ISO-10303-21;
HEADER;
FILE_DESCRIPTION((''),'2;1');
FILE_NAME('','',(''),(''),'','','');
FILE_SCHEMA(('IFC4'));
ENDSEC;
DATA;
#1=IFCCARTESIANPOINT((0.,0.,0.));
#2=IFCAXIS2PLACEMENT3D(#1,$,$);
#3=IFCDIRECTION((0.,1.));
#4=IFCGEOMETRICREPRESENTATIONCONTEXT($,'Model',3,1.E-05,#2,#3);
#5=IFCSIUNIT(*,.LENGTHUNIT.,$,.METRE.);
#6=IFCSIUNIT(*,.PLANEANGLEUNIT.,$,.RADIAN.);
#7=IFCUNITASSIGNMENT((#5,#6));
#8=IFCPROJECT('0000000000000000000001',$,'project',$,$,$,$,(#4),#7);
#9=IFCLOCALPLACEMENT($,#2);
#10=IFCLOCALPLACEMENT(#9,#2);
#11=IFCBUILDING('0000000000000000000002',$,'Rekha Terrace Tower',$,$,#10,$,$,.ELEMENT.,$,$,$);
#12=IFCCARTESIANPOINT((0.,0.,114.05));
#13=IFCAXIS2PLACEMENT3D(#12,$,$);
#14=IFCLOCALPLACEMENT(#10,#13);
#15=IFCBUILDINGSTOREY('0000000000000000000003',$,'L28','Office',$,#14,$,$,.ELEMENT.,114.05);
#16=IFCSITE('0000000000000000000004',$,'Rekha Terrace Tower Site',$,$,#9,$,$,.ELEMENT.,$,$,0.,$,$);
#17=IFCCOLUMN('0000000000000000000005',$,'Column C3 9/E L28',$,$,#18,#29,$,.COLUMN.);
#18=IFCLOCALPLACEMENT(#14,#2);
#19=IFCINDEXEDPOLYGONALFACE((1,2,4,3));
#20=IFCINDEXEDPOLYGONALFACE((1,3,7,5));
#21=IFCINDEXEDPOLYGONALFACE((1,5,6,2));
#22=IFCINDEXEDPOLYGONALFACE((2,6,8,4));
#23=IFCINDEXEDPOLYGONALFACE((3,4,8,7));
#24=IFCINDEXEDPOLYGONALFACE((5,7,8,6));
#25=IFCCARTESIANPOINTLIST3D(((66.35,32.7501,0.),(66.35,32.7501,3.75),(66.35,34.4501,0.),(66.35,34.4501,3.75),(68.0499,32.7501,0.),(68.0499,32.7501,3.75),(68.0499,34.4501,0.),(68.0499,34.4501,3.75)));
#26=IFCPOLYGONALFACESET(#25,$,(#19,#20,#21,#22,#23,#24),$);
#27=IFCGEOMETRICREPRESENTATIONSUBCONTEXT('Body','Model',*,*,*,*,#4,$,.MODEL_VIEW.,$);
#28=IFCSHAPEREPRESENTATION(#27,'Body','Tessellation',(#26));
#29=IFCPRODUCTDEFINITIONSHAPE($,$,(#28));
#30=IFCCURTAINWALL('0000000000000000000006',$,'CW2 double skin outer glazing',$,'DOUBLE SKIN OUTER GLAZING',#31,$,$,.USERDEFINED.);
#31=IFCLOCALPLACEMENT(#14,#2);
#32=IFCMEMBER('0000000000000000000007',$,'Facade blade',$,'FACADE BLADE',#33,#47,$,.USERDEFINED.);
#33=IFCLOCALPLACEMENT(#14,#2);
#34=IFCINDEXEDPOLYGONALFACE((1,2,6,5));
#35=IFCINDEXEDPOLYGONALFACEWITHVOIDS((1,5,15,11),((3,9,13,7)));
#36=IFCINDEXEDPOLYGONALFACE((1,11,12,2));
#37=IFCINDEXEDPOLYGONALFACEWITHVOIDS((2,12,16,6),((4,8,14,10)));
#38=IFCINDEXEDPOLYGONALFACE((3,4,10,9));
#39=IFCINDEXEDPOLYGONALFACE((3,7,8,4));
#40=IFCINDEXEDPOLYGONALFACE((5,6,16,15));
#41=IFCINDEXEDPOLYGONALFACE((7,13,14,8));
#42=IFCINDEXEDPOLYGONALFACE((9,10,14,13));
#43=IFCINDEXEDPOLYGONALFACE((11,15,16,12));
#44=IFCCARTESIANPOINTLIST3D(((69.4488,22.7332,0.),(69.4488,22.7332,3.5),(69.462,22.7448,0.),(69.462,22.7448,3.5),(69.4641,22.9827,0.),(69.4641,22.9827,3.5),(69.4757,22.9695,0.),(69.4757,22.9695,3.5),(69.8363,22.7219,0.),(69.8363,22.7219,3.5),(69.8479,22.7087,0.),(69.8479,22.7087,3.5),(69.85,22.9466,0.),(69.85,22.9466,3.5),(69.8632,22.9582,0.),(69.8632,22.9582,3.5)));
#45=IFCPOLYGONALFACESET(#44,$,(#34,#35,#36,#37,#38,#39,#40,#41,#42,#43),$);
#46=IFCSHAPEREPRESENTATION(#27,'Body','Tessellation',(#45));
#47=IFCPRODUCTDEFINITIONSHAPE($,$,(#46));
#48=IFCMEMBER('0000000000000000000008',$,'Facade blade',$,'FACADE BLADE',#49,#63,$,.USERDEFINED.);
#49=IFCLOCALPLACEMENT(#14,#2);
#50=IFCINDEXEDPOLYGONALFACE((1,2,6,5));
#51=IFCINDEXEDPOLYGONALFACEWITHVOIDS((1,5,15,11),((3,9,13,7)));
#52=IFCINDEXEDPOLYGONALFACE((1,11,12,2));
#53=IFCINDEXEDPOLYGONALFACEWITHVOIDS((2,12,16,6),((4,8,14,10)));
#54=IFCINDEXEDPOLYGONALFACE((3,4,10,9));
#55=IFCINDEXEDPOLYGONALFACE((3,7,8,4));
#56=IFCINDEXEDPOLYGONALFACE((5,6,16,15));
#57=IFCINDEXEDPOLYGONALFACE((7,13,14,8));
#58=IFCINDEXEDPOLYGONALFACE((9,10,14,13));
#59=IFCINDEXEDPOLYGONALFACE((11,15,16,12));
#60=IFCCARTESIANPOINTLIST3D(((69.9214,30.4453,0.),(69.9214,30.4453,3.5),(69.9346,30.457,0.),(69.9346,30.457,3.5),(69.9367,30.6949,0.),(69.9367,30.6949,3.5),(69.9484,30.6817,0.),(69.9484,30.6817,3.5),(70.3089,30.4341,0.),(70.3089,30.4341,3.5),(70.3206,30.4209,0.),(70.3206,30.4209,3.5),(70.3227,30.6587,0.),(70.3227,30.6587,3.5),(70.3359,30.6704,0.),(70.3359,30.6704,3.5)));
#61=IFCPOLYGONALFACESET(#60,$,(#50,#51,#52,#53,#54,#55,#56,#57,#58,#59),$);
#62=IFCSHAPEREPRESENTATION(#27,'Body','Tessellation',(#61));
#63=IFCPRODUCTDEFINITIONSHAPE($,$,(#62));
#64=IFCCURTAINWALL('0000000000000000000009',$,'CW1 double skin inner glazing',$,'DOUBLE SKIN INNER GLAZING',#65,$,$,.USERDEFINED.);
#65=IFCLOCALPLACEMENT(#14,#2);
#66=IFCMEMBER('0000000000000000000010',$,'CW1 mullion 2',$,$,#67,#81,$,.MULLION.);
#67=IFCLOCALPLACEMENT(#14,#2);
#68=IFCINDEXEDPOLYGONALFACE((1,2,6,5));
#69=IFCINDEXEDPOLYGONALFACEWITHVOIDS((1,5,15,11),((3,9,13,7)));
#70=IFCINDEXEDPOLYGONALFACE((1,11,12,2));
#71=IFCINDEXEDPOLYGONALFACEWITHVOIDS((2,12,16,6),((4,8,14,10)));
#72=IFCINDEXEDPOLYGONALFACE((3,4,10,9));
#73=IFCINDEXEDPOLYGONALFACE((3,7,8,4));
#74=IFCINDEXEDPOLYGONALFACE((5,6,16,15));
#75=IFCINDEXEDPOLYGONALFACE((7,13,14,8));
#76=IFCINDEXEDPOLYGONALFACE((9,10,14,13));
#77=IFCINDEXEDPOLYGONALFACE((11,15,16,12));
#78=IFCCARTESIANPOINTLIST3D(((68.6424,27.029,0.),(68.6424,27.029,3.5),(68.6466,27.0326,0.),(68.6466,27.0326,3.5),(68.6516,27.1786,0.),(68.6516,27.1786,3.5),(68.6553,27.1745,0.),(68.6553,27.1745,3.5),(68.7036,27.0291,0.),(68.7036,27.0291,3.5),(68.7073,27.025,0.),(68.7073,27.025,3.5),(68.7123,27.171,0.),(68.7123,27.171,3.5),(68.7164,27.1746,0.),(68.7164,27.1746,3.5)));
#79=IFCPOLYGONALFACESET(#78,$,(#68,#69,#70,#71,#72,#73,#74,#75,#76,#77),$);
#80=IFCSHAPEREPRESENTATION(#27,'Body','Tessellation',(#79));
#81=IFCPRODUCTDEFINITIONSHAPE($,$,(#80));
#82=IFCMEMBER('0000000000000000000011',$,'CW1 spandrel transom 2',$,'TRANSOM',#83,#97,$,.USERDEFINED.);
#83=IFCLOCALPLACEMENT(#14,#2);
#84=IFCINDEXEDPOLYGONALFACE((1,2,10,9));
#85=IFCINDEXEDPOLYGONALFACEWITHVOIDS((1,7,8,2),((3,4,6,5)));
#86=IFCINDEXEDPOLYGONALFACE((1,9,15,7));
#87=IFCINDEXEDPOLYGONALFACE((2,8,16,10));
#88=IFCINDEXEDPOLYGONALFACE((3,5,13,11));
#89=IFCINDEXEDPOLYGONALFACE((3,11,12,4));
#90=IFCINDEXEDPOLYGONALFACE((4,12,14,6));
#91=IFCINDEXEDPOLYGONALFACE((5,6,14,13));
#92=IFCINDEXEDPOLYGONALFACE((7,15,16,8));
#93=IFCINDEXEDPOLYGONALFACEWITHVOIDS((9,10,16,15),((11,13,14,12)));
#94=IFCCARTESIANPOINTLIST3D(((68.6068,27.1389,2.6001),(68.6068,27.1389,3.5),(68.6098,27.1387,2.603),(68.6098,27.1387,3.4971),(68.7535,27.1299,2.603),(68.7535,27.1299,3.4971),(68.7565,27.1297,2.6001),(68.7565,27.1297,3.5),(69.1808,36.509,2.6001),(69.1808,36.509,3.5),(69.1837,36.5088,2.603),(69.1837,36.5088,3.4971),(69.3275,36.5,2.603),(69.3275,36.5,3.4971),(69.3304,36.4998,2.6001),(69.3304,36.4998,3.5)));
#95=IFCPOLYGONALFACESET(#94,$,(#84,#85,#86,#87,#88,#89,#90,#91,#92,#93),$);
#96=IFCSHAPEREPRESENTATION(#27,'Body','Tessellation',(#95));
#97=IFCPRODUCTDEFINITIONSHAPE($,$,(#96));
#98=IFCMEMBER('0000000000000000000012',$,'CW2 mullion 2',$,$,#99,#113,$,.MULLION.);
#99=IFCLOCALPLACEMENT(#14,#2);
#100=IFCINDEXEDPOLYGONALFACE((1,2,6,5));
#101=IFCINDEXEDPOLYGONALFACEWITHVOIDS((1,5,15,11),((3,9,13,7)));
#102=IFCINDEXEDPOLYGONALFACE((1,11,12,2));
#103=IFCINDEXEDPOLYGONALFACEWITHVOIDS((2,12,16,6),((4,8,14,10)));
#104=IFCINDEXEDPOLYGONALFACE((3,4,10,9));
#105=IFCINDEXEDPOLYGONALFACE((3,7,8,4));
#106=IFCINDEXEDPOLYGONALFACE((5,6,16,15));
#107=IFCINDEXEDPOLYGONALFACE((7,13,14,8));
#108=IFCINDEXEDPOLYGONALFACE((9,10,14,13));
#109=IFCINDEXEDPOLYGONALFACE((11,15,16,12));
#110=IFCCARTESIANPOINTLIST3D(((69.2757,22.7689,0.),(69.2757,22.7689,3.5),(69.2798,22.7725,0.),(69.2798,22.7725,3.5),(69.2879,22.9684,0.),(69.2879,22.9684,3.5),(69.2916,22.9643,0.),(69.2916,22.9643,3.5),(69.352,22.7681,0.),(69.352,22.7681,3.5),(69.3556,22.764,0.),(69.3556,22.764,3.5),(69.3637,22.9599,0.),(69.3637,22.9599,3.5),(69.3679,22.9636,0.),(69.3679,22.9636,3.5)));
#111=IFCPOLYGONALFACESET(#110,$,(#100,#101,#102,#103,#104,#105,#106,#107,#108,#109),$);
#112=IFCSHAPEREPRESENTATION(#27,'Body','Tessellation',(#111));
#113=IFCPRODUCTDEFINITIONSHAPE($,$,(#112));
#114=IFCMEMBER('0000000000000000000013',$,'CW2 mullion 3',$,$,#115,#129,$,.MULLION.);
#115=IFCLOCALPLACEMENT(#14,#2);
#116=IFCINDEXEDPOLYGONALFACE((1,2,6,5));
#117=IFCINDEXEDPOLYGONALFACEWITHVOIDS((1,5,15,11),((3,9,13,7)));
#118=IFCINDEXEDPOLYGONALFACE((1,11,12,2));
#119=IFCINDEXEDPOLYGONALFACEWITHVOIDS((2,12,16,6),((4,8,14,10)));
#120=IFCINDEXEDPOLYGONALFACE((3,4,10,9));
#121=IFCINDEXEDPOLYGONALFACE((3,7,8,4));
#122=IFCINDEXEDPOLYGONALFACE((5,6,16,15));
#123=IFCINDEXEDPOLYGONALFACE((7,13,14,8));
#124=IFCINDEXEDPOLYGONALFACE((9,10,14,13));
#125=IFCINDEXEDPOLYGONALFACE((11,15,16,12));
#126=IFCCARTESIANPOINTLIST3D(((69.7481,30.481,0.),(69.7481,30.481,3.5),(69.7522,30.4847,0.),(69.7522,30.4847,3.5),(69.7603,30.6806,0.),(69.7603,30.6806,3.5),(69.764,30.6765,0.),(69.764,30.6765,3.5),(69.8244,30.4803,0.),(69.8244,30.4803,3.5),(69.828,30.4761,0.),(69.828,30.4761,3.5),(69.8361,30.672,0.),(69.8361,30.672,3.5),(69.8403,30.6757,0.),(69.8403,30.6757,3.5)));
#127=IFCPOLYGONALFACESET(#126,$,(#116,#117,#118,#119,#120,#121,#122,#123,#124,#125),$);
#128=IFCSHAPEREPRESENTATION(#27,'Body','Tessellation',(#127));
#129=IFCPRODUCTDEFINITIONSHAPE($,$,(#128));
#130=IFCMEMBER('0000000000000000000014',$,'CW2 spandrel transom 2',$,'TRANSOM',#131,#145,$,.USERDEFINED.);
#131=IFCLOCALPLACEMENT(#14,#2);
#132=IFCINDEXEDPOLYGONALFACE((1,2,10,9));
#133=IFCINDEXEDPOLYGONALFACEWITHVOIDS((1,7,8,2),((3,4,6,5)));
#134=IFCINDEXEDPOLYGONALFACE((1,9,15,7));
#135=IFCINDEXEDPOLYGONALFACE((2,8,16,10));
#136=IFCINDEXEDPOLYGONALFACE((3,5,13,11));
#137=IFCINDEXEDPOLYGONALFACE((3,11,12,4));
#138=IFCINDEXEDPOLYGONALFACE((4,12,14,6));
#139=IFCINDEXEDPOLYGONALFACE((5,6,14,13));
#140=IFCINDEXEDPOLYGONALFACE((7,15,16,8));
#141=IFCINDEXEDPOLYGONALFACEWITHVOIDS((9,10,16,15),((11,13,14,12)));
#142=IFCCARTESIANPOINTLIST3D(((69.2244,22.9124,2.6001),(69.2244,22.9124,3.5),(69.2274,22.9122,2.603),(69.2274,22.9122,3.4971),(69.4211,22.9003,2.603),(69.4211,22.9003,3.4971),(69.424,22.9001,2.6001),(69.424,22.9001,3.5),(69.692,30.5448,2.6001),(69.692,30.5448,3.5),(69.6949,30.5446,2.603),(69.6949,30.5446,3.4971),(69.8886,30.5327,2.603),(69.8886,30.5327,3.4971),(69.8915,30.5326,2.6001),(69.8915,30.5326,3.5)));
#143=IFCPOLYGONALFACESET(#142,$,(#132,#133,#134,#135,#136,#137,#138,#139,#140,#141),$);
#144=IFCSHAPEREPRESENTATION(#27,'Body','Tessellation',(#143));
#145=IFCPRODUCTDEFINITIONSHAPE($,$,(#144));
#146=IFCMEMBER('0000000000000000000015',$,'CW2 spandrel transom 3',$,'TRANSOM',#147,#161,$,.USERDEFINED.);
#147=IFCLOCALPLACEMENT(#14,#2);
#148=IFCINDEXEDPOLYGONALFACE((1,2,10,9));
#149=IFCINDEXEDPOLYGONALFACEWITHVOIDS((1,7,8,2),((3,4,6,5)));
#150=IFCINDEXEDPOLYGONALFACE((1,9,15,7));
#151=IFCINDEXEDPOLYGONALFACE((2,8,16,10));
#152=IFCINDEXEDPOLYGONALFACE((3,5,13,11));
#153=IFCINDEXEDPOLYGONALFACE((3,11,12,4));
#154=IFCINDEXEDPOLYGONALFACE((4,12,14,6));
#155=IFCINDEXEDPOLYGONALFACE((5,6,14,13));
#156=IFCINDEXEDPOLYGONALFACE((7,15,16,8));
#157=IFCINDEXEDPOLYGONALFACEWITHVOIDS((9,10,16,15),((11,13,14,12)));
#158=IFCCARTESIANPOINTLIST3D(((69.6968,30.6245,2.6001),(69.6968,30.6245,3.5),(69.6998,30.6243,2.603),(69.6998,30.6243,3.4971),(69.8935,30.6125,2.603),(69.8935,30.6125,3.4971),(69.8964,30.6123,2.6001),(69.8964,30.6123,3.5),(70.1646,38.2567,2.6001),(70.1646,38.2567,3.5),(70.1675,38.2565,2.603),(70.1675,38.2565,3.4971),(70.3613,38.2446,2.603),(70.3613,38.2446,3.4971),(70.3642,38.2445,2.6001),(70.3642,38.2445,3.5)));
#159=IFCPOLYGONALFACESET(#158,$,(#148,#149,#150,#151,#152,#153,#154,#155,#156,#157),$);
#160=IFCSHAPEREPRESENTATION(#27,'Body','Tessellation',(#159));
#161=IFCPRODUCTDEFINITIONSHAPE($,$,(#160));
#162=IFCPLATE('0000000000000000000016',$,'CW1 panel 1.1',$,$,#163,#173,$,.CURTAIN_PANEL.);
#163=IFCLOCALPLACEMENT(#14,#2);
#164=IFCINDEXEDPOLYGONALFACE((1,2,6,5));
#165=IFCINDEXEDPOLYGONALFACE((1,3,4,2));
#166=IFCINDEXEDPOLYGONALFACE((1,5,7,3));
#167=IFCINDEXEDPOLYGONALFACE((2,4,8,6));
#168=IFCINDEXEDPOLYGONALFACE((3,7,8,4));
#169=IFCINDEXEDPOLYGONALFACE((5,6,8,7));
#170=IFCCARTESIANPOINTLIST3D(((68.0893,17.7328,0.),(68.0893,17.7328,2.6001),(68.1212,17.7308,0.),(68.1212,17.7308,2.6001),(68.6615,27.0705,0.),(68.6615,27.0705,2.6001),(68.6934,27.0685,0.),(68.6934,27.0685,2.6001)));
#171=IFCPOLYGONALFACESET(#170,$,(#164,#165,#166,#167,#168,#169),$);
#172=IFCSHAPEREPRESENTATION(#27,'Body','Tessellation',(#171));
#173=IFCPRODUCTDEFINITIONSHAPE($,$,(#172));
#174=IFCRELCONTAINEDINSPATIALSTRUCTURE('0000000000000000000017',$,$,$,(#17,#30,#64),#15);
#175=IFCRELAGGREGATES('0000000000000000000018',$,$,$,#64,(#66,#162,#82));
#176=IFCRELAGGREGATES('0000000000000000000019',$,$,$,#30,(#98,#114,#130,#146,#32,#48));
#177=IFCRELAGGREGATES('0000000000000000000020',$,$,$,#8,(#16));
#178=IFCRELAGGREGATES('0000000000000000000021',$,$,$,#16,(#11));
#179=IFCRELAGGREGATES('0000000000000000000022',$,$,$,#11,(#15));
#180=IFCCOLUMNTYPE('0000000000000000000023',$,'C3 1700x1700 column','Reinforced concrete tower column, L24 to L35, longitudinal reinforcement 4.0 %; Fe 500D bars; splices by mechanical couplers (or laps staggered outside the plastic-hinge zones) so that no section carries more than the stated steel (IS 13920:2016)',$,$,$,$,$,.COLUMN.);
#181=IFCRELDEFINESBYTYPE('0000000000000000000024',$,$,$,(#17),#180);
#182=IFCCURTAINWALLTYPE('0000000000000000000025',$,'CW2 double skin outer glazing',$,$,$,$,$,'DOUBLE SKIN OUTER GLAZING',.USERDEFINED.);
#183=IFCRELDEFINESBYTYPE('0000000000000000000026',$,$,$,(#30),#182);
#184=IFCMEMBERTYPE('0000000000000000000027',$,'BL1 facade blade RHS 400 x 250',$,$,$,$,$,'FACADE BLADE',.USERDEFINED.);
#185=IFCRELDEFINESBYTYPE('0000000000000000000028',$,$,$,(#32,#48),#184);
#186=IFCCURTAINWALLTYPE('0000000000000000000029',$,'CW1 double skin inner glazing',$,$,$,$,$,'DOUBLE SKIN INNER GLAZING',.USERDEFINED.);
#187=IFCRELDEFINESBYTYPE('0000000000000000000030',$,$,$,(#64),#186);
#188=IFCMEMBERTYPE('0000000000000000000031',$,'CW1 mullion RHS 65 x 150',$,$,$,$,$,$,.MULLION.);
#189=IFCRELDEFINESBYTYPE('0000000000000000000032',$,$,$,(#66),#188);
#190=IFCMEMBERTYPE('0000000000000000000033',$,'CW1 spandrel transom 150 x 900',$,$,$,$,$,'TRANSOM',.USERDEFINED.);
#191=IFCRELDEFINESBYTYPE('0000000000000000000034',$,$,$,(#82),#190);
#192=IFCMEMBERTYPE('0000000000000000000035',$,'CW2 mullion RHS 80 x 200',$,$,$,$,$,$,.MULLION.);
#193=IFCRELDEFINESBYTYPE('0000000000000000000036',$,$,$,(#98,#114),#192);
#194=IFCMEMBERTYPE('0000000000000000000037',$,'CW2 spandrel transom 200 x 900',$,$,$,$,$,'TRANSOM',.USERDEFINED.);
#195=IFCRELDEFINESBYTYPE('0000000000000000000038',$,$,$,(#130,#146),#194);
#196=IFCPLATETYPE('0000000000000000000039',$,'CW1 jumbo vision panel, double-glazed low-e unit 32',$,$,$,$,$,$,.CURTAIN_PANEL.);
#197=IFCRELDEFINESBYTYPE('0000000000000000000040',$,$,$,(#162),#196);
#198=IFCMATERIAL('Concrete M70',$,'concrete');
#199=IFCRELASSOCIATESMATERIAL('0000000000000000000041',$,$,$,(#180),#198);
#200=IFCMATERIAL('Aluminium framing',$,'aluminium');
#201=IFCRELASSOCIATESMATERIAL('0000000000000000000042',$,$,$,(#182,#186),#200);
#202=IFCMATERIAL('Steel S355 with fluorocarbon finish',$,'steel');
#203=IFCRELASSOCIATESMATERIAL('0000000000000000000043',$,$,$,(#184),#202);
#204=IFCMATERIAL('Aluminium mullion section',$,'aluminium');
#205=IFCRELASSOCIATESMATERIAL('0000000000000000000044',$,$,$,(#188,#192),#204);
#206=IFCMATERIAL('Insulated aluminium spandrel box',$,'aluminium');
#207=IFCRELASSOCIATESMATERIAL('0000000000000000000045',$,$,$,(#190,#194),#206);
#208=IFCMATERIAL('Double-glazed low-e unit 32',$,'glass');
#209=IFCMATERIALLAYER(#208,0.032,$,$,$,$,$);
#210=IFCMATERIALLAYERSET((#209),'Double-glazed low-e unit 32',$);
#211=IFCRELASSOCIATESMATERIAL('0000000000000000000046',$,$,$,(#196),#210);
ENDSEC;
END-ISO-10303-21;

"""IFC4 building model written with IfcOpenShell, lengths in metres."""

from ifc_helpers import new_model, si_unit, direction, frame, origin, origin_2d, place, context, subcontext, project, spatial, rectangle, hollow_rectangle, extrude, material, layer, layer_set, material_profile, profile_set, type_object, element, aggregate, save


model = new_model("IFC4")

# Units and contexts
model_context = context("Model", 3, precision=1e-05, world=origin(), true_north=direction((0.0, 1.0)))
body_context = subcontext(model_context, "Body", "Model", "MODEL_VIEW")
ifc_project = project(units=[si_unit("LENGTHUNIT", "METRE"), si_unit("PLANEANGLEUNIT", "RADIAN")], contexts=[model_context])

# Site, building, storey
site_placement = place(None, origin())
site = spatial("IfcSite", under=ifc_project, at=site_placement, Name="Rekha Terrace Tower Site", CompositionType="ELEMENT", RefElevation=0.0)
building_placement = place(site_placement, origin())
building = spatial("IfcBuilding", under=site, at=building_placement, Name="Rekha Terrace Tower", CompositionType="ELEMENT")
storey_placement = place(building_placement, frame((0.0, 0.0, 114.05)))
storey = spatial("IfcBuildingStorey", under=building, at=storey_placement, Name="L28", Description="Office", CompositionType="ELEMENT", Elevation=114.05)

# Column
ifc_material_1 = material(Name="Concrete M70", Category="concrete")
ifc_material_profile_1 = material_profile(ifc_material_1, rectangle(XDim=1.7, YDim=1.7, at=origin_2d()), Name="RC 1700x1700")
ifc_profile_set_1 = profile_set([ifc_material_profile_1], Name="Concrete M70")
column_type = type_object("IfcColumnType", Name="C3 1700x1700 column", Description="Reinforced concrete tower column, L24 to L35, longitudinal reinforcement 4.0 %; Fe 500D bars; splices by mechanical couplers (or laps staggered outside the plastic-hinge zones) so that no section carries more than the stated steel (IS 13920:2016)", PredefinedType="COLUMN", material=ifc_profile_set_1)
column_placement = place(storey_placement, frame((67.2, 33.6001, 0.0), z_axis=(0.0, 0.0, 1.0), x_axis=(1.0, 0.0, 0.0)))
element("IfcColumn", 1, at=column_placement, inside=storey, type_object=column_type, Name="Column C3 9/E L28", PredefinedType="COLUMN", context=body_context, shape_type="SweptSolid", body=[
    extrude(rectangle(XDim=1.7, YDim=1.7, at=origin_2d()), origin(), (0.0, 0.0, 1.0), 3.75),
])

# Curtain walls, members
ifc_material_2 = material(Name="Aluminium framing", Category="aluminium")
curtain_wall_type_1 = type_object("IfcCurtainWallType", Name="CW2 double skin outer glazing", ElementType="DOUBLE SKIN OUTER GLAZING", PredefinedType="USERDEFINED", material=ifc_material_2)
curtain_wall_1_placement = place(storey_placement, origin())
curtain_wall_1 = element("IfcCurtainWall", 2, at=curtain_wall_1_placement, inside=storey, type_object=curtain_wall_type_1, Name="CW2 double skin outer glazing", ObjectType="DOUBLE SKIN OUTER GLAZING", PredefinedType="USERDEFINED")
ifc_material_3 = material(Name="Steel S355 with fluorocarbon finish", Category="steel")
ifc_material_profile_2 = material_profile(ifc_material_3, hollow_rectangle(XDim=0.25, YDim=0.3999, WallThickness=0.0125, at=origin_2d()), Name="RHS400x250x12.5")
ifc_profile_set_2 = profile_set([ifc_material_profile_2], Name="Steel S355 with fluorocarbon finish")
member_type_1 = type_object("IfcMemberType", Name="BL1 facade blade RHS 400 x 250", ElementType="FACADE BLADE", PredefinedType="USERDEFINED", material=ifc_profile_set_2)
member_1_placement = place(storey_placement, frame((69.656, 22.8457, 0.0), z_axis=(0.0, 0.0, 1.0), x_axis=(0.06116, 0.998128, 0.0)))
member_1 = element("IfcMember", 3, at=member_1_placement, type_object=member_type_1, Name="Facade blade", ObjectType="FACADE BLADE", PredefinedType="USERDEFINED", context=body_context, shape_type="SweptSolid", body=[
    extrude(hollow_rectangle(XDim=0.25, YDim=0.3999, WallThickness=0.0125, at=origin_2d()), origin(), (0.0, 0.0, 1.0), 3.5),
])
member_2_placement = place(storey_placement, frame((70.1287, 30.5579, 0.0), z_axis=(0.0, 0.0, 1.0), x_axis=(0.06116, 0.998128, 0.0)))
member_2 = element("IfcMember", 4, at=member_2_placement, type_object=member_type_1, Name="Facade blade", ObjectType="FACADE BLADE", PredefinedType="USERDEFINED", context=body_context, shape_type="SweptSolid", body=[
    extrude(hollow_rectangle(XDim=0.25, YDim=0.3999, WallThickness=0.0125, at=origin_2d()), origin(), (0.0, 0.0, 1.0), 3.5),
])
curtain_wall_type_2 = type_object("IfcCurtainWallType", Name="CW1 double skin inner glazing", ElementType="DOUBLE SKIN INNER GLAZING", PredefinedType="USERDEFINED", material=ifc_material_2)
curtain_wall_2_placement = place(storey_placement, origin())
curtain_wall_2 = element("IfcCurtainWall", 5, at=curtain_wall_2_placement, inside=storey, type_object=curtain_wall_type_2, Name="CW1 double skin inner glazing", ObjectType="DOUBLE SKIN INNER GLAZING", PredefinedType="USERDEFINED")
ifc_material_4 = material(Name="Aluminium mullion section", Category="aluminium")
ifc_material_profile_3 = material_profile(ifc_material_4, hollow_rectangle(XDim=0.0649, YDim=0.1499, WallThickness=0.0039, at=origin_2d()), Name="AL RHS 65x150")
ifc_profile_set_3 = profile_set([ifc_material_profile_3], Name="Aluminium mullion section")
member_type_2 = type_object("IfcMemberType", Name="CW1 mullion RHS 65 x 150", PredefinedType="MULLION", material=ifc_profile_set_3)
member_3_placement = place(storey_placement, frame((68.6794, 27.1018, 0.0), z_axis=(0.0, 0.0, 1.0), x_axis=(-0.998128, 0.06116, 0.0)))
member_3 = element("IfcMember", 6, at=member_3_placement, type_object=member_type_2, Name="CW1 mullion 2", PredefinedType="MULLION", context=body_context, shape_type="SweptSolid", body=[
    extrude(hollow_rectangle(XDim=0.0649, YDim=0.1499, WallThickness=0.0039, at=origin_2d()), origin(), (0.0, 0.0, 1.0), 3.5),
])
ifc_material_5 = material(Name="Insulated aluminium spandrel box", Category="aluminium")
ifc_material_profile_4 = material_profile(ifc_material_5, hollow_rectangle(XDim=0.1499, YDim=0.8999, WallThickness=0.0029, at=origin_2d()), Name="AL SPANDREL BOX 150x900")
ifc_profile_set_4 = profile_set([ifc_material_profile_4], Name="Insulated aluminium spandrel box")
member_type_3 = type_object("IfcMemberType", Name="CW1 spandrel transom 150 x 900", ElementType="TRANSOM", PredefinedType="USERDEFINED", material=ifc_profile_set_4)
member_4_placement = place(storey_placement, frame((68.6816, 27.1343, 3.05), z_axis=(0.061141, 0.998129, 0.0), x_axis=(-0.998129, 0.061141, 0.0)))
member_4 = element("IfcMember", 7, at=member_4_placement, type_object=member_type_3, Name="CW1 spandrel transom 2", ObjectType="TRANSOM", PredefinedType="USERDEFINED", context=body_context, shape_type="SweptSolid", body=[
    extrude(hollow_rectangle(XDim=0.1499, YDim=0.8999, WallThickness=0.0029, at=origin_2d()), origin(), (0.0, 0.0, 1.0), 9.3877),
])

# Members
ifc_material_profile_5 = material_profile(ifc_material_4, hollow_rectangle(XDim=0.0801, YDim=0.2, WallThickness=0.0039, at=origin_2d()), Name="AL RHS 80x200")
ifc_profile_set_5 = profile_set([ifc_material_profile_5], Name="Aluminium mullion section")
member_type_4 = type_object("IfcMemberType", Name="CW2 mullion RHS 80 x 200", PredefinedType="MULLION", material=ifc_profile_set_5)
member_5_placement = place(storey_placement, frame((69.3218, 22.8662, 0.0), z_axis=(0.0, 0.0, 1.0), x_axis=(-0.998128, 0.06116, 0.0)))
member_5 = element("IfcMember", 8, at=member_5_placement, type_object=member_type_4, Name="CW2 mullion 2", PredefinedType="MULLION", context=body_context, shape_type="SweptSolid", body=[
    extrude(hollow_rectangle(XDim=0.0801, YDim=0.2, WallThickness=0.0039, at=origin_2d()), origin(), (0.0, 0.0, 1.0), 3.5),
])
member_6_placement = place(storey_placement, frame((69.7942, 30.5784, 0.0), z_axis=(0.0, 0.0, 1.0), x_axis=(-0.998128, 0.06116, 0.0)))
member_6 = element("IfcMember", 9, at=member_6_placement, type_object=member_type_4, Name="CW2 mullion 3", PredefinedType="MULLION", context=body_context, shape_type="SweptSolid", body=[
    extrude(hollow_rectangle(XDim=0.0801, YDim=0.2, WallThickness=0.0039, at=origin_2d()), origin(), (0.0, 0.0, 1.0), 3.5),
])
ifc_material_profile_6 = material_profile(ifc_material_5, hollow_rectangle(XDim=0.2, YDim=0.8999, WallThickness=0.0029, at=origin_2d()), Name="AL SPANDREL BOX 200x900")
ifc_profile_set_6 = profile_set([ifc_material_profile_6], Name="Insulated aluminium spandrel box")
member_type_5 = type_object("IfcMemberType", Name="CW2 spandrel transom 200 x 900", ElementType="TRANSOM", PredefinedType="USERDEFINED", material=ifc_profile_set_6)
member_7_placement = place(storey_placement, frame((69.3242, 22.9062, 3.05), z_axis=(0.061142, 0.998129, 0.0), x_axis=(-0.998129, 0.061142, 0.0)))
member_7 = element("IfcMember", 10, at=member_7_placement, type_object=member_type_5, Name="CW2 spandrel transom 2", ObjectType="TRANSOM", PredefinedType="USERDEFINED", context=body_context, shape_type="SweptSolid", body=[
    extrude(hollow_rectangle(XDim=0.2, YDim=0.8999, WallThickness=0.0029, at=origin_2d()), origin(), (0.0, 0.0, 1.0), 7.6467),
])
member_8_placement = place(storey_placement, frame((69.7966, 30.6184, 3.05), z_axis=(0.061176, 0.998127, 0.0), x_axis=(-0.998127, 0.061176, 0.0)))
member_8 = element("IfcMember", 11, at=member_8_placement, type_object=member_type_5, Name="CW2 spandrel transom 3", ObjectType="TRANSOM", PredefinedType="USERDEFINED", context=body_context, shape_type="SweptSolid", body=[
    extrude(hollow_rectangle(XDim=0.2, YDim=0.8999, WallThickness=0.0029, at=origin_2d()), origin(), (0.0, 0.0, 1.0), 7.6465),
])

# Plate
ifc_material_6 = material(Name="Double-glazed low-e unit 32", Category="glass")
ifc_layer_1 = layer(ifc_material_6, 0.032)
ifc_layer_set_1 = layer_set([ifc_layer_1], Name="Double-glazed low-e unit 32")
plate_type_1 = type_object("IfcPlateType", Name="CW1 jumbo vision panel, double-glazed low-e unit 32", PredefinedType="CURTAIN_PANEL", material=ifc_layer_set_1)
plate_1_placement = place(storey_placement, frame((68.3914, 22.4006, 0.0), z_axis=(0.0, 0.0, 1.0), x_axis=(0.06116, 0.998128, 0.0)))
plate_1 = element("IfcPlate", 12, at=plate_1_placement, type_object=plate_type_1, Name="CW1 panel 1.1", PredefinedType="CURTAIN_PANEL", context=body_context, shape_type="SweptSolid", body=[
    extrude(rectangle(XDim=9.3552, YDim=0.032, at=origin_2d()), origin(), (0.0, 0.0, 1.0), 2.6001),
])
aggregate(curtain_wall_2, [member_3, plate_1, member_4])
aggregate(curtain_wall_1, [member_5, member_6, member_7, member_8, member_1, member_2])

save(model, "model.ifc")
